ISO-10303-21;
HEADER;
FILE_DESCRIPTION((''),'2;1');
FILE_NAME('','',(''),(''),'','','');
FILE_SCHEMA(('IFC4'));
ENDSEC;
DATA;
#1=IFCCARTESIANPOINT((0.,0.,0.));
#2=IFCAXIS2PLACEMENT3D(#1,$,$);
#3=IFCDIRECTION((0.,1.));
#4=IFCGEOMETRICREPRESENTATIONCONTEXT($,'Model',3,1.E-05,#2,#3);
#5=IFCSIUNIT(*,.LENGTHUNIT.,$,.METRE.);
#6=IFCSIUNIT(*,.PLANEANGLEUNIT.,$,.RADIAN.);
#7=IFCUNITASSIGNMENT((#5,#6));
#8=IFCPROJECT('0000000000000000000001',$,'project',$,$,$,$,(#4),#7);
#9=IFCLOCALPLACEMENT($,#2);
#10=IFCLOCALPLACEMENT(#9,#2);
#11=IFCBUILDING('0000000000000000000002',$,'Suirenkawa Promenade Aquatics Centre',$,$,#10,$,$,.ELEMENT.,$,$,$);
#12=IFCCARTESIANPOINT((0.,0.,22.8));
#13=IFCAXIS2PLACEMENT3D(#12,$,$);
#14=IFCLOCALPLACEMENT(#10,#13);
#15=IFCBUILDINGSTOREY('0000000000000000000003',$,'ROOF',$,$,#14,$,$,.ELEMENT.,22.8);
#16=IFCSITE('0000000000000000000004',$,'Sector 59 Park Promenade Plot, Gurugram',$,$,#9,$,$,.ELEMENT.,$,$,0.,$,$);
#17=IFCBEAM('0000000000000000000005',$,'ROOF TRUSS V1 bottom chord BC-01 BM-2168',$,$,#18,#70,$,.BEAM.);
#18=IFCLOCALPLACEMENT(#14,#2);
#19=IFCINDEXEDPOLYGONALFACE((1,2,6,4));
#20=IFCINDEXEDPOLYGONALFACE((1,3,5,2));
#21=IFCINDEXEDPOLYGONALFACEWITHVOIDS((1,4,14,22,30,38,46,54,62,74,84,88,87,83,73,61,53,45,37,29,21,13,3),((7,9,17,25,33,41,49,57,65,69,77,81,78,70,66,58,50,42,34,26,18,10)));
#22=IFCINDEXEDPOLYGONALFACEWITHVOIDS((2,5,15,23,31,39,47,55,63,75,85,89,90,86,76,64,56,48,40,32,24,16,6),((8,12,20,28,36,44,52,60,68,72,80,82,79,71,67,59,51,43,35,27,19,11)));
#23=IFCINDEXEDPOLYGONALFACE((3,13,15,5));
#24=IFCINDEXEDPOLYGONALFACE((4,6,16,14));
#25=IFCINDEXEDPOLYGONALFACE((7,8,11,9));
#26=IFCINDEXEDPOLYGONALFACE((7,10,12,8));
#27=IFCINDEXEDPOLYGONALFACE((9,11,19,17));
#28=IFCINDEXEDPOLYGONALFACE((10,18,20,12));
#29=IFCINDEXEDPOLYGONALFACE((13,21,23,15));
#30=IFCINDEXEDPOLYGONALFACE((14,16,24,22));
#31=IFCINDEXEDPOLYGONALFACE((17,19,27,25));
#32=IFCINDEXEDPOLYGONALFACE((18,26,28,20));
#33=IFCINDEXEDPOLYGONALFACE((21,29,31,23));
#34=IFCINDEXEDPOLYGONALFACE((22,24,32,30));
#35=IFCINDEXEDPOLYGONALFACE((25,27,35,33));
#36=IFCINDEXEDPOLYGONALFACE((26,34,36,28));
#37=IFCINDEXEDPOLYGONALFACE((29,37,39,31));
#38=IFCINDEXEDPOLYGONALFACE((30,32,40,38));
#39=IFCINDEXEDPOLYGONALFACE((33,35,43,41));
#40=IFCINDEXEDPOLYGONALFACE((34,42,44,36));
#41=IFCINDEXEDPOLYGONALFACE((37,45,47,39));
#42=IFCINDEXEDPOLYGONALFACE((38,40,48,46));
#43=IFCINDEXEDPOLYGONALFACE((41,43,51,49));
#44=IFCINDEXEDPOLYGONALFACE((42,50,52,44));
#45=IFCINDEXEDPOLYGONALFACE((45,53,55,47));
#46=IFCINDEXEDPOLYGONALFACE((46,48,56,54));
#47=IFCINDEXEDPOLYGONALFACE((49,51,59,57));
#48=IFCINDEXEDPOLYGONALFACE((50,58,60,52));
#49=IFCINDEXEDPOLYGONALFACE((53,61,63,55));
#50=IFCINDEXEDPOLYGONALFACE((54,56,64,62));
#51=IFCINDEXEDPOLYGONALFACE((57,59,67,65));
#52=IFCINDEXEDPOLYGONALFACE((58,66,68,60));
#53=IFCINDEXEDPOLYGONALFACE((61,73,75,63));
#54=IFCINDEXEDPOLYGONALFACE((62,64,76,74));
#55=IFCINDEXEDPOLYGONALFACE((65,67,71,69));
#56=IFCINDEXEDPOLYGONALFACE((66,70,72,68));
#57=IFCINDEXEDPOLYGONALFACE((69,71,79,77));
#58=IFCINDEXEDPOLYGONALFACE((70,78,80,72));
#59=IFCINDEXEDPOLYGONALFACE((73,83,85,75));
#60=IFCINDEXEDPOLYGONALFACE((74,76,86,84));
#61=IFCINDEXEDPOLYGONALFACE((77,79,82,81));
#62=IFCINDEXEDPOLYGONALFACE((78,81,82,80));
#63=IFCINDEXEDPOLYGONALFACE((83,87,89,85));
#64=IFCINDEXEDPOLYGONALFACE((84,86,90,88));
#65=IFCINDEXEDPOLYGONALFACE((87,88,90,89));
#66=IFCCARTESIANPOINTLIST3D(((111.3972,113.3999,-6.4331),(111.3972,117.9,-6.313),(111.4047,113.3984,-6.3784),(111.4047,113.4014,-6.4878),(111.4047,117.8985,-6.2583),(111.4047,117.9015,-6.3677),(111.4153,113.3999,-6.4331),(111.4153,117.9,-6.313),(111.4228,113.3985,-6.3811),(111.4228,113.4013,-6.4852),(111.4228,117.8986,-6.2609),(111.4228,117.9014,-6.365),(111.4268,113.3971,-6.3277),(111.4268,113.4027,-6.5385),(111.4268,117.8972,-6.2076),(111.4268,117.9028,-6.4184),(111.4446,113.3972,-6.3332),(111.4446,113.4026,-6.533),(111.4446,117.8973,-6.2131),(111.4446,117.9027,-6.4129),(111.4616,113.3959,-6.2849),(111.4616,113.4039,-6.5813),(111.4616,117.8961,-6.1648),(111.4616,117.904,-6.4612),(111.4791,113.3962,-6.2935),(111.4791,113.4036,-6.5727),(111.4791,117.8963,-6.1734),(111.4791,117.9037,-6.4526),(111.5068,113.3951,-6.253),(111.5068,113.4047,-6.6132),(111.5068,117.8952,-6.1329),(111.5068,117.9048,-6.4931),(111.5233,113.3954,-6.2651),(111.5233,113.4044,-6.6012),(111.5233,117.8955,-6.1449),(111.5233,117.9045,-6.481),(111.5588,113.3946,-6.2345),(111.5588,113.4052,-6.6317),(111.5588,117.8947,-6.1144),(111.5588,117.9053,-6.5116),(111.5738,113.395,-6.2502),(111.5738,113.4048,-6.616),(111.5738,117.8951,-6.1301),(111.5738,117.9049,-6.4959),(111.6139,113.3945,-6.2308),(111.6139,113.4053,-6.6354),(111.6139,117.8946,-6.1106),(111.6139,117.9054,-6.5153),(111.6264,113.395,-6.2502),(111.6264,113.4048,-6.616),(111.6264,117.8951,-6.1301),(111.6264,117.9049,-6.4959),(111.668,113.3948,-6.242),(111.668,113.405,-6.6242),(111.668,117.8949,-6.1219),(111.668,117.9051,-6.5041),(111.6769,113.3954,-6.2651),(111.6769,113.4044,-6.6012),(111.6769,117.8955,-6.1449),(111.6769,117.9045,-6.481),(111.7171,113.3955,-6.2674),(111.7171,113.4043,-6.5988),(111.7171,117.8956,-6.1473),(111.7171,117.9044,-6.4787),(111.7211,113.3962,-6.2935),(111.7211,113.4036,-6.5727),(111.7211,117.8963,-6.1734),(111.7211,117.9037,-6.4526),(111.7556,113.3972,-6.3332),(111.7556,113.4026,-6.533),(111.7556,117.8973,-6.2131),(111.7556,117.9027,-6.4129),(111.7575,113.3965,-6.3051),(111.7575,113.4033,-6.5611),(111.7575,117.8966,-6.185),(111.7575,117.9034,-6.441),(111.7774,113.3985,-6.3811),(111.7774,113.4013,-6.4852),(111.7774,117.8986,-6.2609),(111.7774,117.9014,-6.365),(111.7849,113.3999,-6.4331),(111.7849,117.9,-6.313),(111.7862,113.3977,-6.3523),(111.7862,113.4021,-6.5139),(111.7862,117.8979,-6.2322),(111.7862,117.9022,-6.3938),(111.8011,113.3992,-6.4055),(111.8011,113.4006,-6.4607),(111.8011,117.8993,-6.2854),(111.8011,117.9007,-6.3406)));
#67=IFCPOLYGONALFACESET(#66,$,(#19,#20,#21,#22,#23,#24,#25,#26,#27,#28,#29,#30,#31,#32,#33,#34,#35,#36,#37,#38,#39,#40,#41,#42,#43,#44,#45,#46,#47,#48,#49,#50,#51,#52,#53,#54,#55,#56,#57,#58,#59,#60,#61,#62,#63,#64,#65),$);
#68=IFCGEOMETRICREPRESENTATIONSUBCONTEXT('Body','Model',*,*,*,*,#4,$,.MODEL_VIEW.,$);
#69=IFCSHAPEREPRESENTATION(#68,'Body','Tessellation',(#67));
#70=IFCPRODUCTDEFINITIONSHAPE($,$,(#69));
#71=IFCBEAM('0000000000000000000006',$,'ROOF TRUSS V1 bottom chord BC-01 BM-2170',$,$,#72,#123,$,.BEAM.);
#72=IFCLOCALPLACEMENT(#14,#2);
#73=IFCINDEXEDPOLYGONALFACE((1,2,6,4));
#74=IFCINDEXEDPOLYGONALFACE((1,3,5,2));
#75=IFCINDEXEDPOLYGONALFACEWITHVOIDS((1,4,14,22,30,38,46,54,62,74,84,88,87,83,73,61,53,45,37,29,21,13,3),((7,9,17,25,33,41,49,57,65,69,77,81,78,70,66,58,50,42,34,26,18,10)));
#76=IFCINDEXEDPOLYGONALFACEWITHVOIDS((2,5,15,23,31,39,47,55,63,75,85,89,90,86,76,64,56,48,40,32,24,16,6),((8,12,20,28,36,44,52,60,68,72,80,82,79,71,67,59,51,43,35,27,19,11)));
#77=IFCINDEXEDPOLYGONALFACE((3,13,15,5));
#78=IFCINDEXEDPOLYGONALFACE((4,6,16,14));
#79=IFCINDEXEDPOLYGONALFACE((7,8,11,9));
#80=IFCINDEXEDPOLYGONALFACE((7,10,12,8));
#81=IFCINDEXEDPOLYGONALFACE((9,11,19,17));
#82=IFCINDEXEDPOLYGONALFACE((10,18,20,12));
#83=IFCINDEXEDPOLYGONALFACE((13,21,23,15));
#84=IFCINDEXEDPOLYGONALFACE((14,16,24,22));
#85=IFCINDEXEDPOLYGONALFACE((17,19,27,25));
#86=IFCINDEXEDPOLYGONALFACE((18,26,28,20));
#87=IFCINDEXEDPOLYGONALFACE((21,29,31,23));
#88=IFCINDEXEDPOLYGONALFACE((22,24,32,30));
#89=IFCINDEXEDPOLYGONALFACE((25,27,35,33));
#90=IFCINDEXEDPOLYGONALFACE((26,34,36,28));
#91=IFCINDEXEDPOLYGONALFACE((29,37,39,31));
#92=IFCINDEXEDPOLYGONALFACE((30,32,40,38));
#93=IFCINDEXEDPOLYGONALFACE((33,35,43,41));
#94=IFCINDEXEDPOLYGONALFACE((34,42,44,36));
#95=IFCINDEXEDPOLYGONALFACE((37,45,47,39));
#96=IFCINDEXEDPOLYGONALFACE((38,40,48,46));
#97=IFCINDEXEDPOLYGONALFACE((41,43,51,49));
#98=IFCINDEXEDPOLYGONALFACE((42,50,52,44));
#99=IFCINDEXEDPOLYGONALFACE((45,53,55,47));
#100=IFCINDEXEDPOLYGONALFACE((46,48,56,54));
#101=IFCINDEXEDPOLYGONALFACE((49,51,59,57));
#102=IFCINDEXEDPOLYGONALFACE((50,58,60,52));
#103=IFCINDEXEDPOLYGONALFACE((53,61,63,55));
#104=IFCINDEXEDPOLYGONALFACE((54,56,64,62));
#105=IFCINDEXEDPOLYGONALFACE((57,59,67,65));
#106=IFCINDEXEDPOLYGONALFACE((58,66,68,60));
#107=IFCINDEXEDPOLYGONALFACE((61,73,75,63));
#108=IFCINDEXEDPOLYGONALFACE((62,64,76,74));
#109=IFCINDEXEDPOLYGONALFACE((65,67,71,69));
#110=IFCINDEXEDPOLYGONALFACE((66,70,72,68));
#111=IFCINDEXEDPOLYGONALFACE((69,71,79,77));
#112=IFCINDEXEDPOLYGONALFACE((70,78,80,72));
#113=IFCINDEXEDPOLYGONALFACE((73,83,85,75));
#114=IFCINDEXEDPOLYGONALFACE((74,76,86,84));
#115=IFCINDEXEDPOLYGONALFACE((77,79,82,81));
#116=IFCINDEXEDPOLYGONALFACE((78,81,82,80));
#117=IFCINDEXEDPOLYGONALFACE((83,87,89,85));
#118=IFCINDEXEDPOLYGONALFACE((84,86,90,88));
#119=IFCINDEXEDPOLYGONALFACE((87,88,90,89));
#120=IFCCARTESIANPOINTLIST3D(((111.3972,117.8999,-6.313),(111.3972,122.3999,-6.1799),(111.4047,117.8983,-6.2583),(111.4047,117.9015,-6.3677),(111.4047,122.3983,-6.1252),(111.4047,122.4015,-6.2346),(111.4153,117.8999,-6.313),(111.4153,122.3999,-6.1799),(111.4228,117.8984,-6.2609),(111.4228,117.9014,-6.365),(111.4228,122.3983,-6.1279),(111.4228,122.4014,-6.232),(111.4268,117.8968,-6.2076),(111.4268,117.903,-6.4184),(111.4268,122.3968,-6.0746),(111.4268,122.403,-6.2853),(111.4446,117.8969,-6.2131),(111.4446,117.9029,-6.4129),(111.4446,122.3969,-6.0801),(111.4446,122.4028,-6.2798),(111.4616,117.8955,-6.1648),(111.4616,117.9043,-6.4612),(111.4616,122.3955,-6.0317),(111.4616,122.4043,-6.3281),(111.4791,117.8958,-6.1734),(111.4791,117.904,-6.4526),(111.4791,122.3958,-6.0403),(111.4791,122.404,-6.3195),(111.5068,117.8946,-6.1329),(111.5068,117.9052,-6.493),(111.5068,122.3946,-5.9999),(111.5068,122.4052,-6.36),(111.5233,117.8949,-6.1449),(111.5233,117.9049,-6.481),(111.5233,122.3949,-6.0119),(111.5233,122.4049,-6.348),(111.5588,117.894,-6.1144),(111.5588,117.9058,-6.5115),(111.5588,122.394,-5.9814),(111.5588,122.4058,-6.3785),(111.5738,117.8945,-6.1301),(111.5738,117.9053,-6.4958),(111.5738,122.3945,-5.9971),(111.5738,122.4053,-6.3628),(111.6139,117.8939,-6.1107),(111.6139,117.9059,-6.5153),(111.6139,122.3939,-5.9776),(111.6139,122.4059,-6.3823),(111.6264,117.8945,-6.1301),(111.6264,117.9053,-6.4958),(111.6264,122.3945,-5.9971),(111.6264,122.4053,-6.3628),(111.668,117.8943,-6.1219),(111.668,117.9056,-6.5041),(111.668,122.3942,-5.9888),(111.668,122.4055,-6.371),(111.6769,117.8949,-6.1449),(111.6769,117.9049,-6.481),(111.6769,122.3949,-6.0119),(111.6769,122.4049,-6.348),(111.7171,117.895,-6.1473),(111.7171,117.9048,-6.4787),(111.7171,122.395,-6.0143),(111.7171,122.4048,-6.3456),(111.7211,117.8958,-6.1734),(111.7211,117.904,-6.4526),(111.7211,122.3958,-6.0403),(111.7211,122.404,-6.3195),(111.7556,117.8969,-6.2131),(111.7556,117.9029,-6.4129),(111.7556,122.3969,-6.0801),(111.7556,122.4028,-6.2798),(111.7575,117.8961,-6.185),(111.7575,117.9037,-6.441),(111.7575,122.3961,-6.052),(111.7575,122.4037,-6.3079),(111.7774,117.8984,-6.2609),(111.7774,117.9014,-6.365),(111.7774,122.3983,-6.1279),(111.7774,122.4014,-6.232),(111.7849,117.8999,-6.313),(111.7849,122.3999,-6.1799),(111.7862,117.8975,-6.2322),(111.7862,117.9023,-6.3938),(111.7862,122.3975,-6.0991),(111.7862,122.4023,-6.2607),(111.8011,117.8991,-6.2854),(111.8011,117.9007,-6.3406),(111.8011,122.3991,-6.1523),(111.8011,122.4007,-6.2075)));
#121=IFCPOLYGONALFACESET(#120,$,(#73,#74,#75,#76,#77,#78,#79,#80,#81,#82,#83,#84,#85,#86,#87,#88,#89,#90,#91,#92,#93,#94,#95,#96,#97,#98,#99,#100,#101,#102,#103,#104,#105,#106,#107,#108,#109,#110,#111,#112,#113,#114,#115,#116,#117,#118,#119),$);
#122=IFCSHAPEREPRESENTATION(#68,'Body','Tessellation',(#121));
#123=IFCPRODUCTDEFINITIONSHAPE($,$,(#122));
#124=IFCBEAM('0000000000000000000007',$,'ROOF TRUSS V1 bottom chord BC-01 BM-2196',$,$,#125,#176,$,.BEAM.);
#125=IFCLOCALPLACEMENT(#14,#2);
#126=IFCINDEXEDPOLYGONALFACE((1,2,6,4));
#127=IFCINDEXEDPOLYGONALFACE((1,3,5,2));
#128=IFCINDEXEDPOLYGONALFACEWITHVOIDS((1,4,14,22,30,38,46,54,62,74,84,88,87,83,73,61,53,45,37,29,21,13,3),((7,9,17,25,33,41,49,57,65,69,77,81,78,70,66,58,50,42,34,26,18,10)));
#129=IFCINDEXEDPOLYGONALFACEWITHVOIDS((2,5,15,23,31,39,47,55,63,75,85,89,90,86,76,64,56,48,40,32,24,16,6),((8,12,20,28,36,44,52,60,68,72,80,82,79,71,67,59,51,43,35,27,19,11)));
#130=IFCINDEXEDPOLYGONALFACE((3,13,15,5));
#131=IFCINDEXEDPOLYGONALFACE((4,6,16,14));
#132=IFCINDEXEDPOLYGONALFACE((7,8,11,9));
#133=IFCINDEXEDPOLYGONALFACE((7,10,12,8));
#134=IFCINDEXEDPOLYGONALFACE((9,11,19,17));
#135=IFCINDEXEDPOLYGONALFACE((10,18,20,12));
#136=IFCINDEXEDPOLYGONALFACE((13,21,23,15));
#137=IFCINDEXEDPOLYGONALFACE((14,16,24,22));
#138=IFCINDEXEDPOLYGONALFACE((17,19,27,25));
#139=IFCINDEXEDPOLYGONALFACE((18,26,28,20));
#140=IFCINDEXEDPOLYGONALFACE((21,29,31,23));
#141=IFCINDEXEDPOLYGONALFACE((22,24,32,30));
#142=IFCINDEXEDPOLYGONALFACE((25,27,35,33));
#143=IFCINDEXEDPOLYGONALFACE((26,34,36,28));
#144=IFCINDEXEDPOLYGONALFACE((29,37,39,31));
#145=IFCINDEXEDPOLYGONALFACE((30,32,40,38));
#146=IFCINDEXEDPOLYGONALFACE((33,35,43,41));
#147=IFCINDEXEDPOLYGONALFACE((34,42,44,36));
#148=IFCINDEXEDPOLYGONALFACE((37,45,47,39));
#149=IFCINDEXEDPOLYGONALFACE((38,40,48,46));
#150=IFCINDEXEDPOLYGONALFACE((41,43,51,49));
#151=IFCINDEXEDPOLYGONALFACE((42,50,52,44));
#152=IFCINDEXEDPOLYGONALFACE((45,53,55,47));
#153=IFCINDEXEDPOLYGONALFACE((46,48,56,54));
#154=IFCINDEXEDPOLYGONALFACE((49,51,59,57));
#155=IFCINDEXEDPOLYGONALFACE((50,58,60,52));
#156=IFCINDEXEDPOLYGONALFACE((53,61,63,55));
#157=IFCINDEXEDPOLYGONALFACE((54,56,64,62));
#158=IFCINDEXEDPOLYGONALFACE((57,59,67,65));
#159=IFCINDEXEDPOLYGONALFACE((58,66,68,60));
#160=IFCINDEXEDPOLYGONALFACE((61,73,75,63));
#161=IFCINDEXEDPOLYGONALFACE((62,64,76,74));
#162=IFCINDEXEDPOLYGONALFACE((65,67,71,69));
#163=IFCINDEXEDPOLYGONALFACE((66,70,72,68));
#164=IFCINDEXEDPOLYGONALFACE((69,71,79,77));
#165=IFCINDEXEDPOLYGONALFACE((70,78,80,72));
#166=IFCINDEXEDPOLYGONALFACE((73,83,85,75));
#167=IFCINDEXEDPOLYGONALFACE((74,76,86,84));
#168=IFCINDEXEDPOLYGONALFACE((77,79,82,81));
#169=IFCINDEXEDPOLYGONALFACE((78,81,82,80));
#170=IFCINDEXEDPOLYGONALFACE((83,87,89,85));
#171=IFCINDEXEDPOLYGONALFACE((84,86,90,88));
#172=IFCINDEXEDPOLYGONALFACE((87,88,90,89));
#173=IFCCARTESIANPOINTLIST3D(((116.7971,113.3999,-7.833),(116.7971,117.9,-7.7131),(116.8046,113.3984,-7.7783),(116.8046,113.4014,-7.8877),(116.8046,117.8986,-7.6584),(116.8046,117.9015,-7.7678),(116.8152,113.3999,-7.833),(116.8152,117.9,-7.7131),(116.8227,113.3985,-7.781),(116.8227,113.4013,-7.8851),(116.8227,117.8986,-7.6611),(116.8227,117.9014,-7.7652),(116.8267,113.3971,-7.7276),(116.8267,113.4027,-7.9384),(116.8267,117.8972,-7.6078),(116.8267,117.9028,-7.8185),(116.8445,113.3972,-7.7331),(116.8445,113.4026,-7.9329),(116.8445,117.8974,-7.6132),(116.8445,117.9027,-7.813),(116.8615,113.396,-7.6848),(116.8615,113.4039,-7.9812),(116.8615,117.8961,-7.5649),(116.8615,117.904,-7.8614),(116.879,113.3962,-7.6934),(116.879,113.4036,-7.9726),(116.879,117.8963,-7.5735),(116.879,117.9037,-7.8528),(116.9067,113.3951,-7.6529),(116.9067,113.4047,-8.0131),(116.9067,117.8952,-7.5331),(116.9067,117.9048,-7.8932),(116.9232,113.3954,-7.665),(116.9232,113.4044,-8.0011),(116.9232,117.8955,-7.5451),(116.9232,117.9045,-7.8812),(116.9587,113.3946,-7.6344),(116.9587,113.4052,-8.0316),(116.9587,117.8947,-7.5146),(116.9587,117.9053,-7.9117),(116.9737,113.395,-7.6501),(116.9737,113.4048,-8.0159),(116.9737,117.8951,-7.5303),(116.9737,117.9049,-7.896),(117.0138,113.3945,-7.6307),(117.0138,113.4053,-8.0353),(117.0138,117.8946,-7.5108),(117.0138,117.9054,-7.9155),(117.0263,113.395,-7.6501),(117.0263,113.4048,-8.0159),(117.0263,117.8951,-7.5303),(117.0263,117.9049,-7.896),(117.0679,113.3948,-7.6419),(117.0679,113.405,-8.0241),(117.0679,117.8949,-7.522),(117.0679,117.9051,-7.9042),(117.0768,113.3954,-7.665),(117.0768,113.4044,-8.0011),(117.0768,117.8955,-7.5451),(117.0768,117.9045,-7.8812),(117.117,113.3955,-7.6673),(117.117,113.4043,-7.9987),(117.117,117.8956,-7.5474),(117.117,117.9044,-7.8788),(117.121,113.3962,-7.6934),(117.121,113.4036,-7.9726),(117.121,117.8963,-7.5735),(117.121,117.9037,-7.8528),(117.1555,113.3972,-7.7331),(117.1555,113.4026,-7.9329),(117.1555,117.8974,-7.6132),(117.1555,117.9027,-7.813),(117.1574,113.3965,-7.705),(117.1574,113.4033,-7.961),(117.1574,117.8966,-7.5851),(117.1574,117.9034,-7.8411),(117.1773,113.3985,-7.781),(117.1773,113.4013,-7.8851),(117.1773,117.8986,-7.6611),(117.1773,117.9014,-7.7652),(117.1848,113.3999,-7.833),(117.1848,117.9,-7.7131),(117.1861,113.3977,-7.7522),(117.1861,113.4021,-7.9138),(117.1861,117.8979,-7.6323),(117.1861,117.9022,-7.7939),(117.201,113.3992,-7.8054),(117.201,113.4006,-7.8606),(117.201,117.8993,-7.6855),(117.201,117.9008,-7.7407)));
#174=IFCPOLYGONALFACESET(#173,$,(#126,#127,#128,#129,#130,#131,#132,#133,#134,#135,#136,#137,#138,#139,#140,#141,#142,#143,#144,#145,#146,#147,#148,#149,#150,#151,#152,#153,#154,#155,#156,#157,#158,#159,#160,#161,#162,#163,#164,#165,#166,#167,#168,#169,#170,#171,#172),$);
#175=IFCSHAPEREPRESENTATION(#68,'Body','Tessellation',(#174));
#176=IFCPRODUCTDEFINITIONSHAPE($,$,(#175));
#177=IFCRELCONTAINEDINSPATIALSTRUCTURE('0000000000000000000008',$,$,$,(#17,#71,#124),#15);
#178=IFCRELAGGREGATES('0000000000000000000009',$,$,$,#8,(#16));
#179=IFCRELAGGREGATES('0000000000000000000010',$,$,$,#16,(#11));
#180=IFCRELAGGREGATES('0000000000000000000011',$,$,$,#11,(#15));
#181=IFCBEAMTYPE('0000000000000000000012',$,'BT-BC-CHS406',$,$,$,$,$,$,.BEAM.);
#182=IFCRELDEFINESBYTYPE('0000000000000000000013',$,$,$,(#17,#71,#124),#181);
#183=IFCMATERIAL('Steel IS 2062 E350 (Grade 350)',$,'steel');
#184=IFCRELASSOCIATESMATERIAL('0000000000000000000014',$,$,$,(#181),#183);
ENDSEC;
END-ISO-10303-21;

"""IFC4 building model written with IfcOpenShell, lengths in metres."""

from ifc_helpers import new_model, si_unit, direction, frame, origin, origin_2d, place, context, subcontext, project, spatial, hollow_circle, extrude, material, material_profile, profile_set, type_object, element, save


model = new_model("IFC4")

# Units and contexts
model_context = context("Model", 3, precision=1e-05, world=origin(), true_north=direction((0.0, 1.0)))
body_context = subcontext(model_context, "Body", "Model", "MODEL_VIEW")
ifc_project = project(units=[si_unit("LENGTHUNIT", "METRE"), si_unit("PLANEANGLEUNIT", "RADIAN")], contexts=[model_context])

# Site, building, storey
site_placement = place(None, origin())
site = spatial("IfcSite", under=ifc_project, at=site_placement, Name="Sector 59 Park Promenade Plot, Gurugram", CompositionType="ELEMENT", RefElevation=0.0)
building_placement = place(site_placement, origin())
building = spatial("IfcBuilding", under=site, at=building_placement, Name="Suirenkawa Promenade Aquatics Centre", CompositionType="ELEMENT")
storey_placement = place(building_placement, frame((0.0, 0.0, 22.8)))
storey = spatial("IfcBuildingStorey", under=building, at=storey_placement, Name="ROOF", CompositionType="ELEMENT", Elevation=22.8)

# Beams
ifc_material = material(Name="Steel IS 2062 E350 (Grade 350)", Category="steel")
ifc_material_profile_1 = material_profile(ifc_material, hollow_circle(Radius=0.2029, WallThickness=0.0181, at=origin_2d()), Name="CHS 406x18", Category="steel")
ifc_profile_set_1 = profile_set([ifc_material_profile_1], Name="Steel IS 2062 E350 (Grade 350)")
beam_type_1 = type_object("IfcBeamType", Name="BT-BC-CHS406", PredefinedType="BEAM", material=ifc_profile_set_1)
beam_1_placement = place(storey_placement, frame((111.6001, 113.3999, -6.4331), z_axis=(0.0, 0.999644, 0.026683), x_axis=(-1.0, 0.0, 0.0)))
element("IfcBeam", 1, at=beam_1_placement, inside=storey, type_object=beam_type_1, Name="ROOF TRUSS V1 bottom chord BC-01 BM-2168", PredefinedType="BEAM", context=body_context, shape_type="SweptSolid", body=[
    extrude(hollow_circle(Radius=0.2029, WallThickness=0.0181, at=origin_2d()), origin(), (0.0, 0.0, 1.0), 4.5017),
])
beam_2_placement = place(storey_placement, frame((111.6001, 117.8999, -6.313), z_axis=(0.0, 0.999563, 0.029555), x_axis=(-1.0, 0.0, 0.0)))
element("IfcBeam", 2, at=beam_2_placement, inside=storey, type_object=beam_type_1, Name="ROOF TRUSS V1 bottom chord BC-01 BM-2170", PredefinedType="BEAM", context=body_context, shape_type="SweptSolid", body=[
    extrude(hollow_circle(Radius=0.2029, WallThickness=0.0181, at=origin_2d()), origin(), (0.0, 0.0, 1.0), 4.502),
])
beam_3_placement = place(storey_placement, frame((117.0, 113.3999, -7.833), z_axis=(0.0, 0.999645, 0.026629), x_axis=(-1.0, 0.0, 0.0)))
element("IfcBeam", 3, at=beam_3_placement, inside=storey, type_object=beam_type_1, Name="ROOF TRUSS V1 bottom chord BC-01 BM-2196", PredefinedType="BEAM", context=body_context, shape_type="SweptSolid", body=[
    extrude(hollow_circle(Radius=0.2029, WallThickness=0.0181, at=origin_2d()), origin(), (0.0, 0.0, 1.0), 4.5017),
])

save(model, "model.ifc")
